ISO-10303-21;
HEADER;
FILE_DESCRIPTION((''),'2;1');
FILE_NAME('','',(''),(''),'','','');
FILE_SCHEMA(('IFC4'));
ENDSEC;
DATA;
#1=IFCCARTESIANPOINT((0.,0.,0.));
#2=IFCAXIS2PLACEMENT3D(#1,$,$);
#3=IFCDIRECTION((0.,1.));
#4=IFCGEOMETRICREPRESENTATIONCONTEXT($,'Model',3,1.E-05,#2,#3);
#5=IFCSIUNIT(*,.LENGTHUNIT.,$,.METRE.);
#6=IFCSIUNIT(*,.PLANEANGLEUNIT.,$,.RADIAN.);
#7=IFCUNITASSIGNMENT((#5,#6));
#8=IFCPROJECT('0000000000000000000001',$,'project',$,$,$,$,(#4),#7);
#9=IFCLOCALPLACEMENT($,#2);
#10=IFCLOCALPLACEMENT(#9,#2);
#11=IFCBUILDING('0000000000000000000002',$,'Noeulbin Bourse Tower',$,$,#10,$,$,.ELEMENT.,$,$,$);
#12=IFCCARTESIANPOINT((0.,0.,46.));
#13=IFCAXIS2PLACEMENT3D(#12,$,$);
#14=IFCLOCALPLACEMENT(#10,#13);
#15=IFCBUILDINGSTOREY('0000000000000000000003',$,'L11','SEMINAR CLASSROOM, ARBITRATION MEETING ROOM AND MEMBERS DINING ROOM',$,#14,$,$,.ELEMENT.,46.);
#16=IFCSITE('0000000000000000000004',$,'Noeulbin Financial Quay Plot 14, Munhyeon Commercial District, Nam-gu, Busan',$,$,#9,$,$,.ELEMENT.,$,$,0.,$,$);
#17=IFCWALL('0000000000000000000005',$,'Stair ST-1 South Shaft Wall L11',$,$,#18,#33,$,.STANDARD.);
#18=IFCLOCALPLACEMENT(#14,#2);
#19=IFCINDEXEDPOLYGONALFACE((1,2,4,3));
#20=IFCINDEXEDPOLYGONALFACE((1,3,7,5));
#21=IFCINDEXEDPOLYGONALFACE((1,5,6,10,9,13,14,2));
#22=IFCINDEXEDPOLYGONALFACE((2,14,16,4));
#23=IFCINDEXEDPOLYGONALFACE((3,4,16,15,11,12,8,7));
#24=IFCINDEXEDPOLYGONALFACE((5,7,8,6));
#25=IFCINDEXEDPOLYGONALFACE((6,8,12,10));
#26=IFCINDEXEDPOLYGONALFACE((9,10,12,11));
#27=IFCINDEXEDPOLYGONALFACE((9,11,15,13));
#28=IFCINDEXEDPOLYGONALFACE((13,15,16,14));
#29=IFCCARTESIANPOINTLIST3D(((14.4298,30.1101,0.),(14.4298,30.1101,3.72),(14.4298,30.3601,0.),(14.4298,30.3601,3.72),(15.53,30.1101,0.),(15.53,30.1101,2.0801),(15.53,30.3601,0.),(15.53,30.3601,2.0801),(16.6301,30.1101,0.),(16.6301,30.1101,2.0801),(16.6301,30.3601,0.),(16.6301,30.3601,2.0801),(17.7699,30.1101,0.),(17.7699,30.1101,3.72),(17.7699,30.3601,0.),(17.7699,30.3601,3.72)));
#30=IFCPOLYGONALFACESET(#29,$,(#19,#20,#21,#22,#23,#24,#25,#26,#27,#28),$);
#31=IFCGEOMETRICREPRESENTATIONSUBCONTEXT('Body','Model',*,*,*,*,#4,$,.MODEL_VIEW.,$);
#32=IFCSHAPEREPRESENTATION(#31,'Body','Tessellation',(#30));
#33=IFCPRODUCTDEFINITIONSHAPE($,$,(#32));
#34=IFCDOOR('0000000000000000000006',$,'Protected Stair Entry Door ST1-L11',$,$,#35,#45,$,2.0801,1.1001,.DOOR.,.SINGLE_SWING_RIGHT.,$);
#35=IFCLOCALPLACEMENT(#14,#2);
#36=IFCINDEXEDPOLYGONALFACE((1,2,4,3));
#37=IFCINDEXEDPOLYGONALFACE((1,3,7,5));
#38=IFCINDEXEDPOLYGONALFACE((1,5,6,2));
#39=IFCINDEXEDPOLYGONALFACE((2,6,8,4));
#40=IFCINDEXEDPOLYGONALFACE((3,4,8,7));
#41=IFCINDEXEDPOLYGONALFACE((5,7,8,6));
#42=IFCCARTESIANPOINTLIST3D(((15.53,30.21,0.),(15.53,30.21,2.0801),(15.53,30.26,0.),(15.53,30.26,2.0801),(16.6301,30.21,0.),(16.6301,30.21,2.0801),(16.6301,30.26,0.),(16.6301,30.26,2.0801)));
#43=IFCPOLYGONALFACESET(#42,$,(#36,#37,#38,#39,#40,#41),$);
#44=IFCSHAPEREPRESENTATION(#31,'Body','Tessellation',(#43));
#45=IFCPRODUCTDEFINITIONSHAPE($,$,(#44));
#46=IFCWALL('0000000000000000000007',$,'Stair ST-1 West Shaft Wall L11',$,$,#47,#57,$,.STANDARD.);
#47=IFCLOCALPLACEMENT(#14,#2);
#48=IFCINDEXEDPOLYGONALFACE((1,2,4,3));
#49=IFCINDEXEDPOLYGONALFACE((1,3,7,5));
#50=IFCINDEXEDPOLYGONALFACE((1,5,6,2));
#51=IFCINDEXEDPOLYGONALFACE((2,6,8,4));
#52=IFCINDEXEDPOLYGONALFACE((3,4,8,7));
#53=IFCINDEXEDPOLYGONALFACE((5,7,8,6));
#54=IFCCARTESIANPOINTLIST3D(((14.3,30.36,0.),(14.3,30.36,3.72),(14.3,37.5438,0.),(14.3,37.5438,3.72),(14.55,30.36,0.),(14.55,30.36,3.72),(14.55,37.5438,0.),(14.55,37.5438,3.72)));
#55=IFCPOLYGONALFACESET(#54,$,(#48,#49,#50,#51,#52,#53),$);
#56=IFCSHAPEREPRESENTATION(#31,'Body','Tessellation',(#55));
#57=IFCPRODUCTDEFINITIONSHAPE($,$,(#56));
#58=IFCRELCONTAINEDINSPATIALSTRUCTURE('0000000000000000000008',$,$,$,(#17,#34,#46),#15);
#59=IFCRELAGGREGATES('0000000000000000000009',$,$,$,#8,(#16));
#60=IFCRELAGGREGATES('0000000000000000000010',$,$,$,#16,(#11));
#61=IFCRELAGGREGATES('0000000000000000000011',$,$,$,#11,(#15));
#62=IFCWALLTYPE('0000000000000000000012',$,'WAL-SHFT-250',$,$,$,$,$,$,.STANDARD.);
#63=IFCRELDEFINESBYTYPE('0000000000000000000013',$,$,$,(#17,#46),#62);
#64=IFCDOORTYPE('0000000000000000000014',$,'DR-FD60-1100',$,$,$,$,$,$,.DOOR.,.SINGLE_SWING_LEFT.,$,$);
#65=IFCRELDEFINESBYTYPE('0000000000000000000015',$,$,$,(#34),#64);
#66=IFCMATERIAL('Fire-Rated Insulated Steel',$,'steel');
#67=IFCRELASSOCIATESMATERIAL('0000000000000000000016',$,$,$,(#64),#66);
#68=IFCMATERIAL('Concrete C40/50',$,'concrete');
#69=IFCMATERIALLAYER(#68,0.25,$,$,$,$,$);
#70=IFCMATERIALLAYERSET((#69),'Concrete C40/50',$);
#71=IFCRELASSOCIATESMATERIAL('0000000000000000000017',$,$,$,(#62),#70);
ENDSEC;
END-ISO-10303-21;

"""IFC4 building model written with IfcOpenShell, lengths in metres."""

from ifc_helpers import new_model, si_unit, direction, frame, frame_2d, origin, place, context, subcontext, project, spatial, rectangle, extrude, material, layer, layer_set, type_object, element, fill, save


model = new_model("IFC4")

# Units and contexts
model_context = context("Model", 3, precision=1e-05, world=origin(), true_north=direction((0.0, 1.0)))
body_context = subcontext(model_context, "Body", "Model", "MODEL_VIEW")
ifc_project = project(units=[si_unit("LENGTHUNIT", "METRE"), si_unit("PLANEANGLEUNIT", "RADIAN")], contexts=[model_context])

# Site, building, storey
site_placement = place(None, origin())
site = spatial("IfcSite", under=ifc_project, at=site_placement, Name="Noeulbin Financial Quay Plot 14, Munhyeon Commercial District, Nam-gu, Busan", CompositionType="ELEMENT", RefElevation=0.0)
building_placement = place(site_placement, origin())
building = spatial("IfcBuilding", under=site, at=building_placement, Name="Noeulbin Bourse Tower", CompositionType="ELEMENT")
storey_placement = place(building_placement, frame((0.0, 0.0, 46.0)))
storey = spatial("IfcBuildingStorey", under=building, at=storey_placement, Name="L11", Description="SEMINAR CLASSROOM, ARBITRATION MEETING ROOM AND MEMBERS DINING ROOM", CompositionType="ELEMENT", Elevation=46.0)

# Shared definitions
ifc_material_1 = material(Name="Fire-Rated Insulated Steel", Category="steel")
door_type_1 = type_object("IfcDoorType", Name="DR-FD60-1100", OperationType="SINGLE_SWING_LEFT", PredefinedType="DOOR", material=ifc_material_1)

# Wall, opening, door
ifc_material_2 = material(Name="Concrete C40/50", Category="concrete")
ifc_layer_1 = layer(ifc_material_2, 0.25)
ifc_layer_set_1 = layer_set([ifc_layer_1], Name="Concrete C40/50")
wall_type_1 = type_object("IfcWallType", Name="WAL-SHFT-250", PredefinedType="STANDARD", material=ifc_layer_set_1)
wall_1_placement = place(storey_placement, frame((14.4299, 30.2351, 0.0), z_axis=(0.0, 0.0, 1.0), x_axis=(1.0, 0.0, 0.0)))
wall_1 = element("IfcWall", 1, at=wall_1_placement, inside=storey, type_object=wall_type_1, Name="Stair ST-1 South Shaft Wall L11", PredefinedType="STANDARD", context=body_context, shape_type="SweptSolid", body=[
    extrude(rectangle(XDim=3.3401, YDim=0.25, at=frame_2d((1.6699, 0.0))), origin(), (0.0, 0.0, 1.0), 3.72),
])
opening_1_placement = place(wall_1_placement, frame((1.1001, 0.0, 0.0)))
opening_1 = element("IfcOpeningElement", 2, at=opening_1_placement, cuts=wall_1, PredefinedType="OPENING", context=body_context, shape_type="SweptSolid", body=[
    extrude(rectangle(XDim=1.1001, YDim=2.0801, at=frame_2d((0.55, 1.04))), frame((0.0, 0.135, 0.0), z_axis=(0.0, -1.0, 0.0), x_axis=(1.0, 0.0, 0.0)), (0.0, 0.0, 1.0), 0.27),
])
door_1_placement = place(opening_1_placement, origin())
door_1 = element("IfcDoor", 3, at=door_1_placement, inside=storey, type_object=door_type_1, Name="Protected Stair Entry Door ST1-L11", OperationType="SINGLE_SWING_RIGHT", OverallHeight=2.0801, OverallWidth=1.1001, PredefinedType="DOOR", context=body_context, shape_type="SweptSolid", body=[
    extrude(rectangle(XDim=1.1001, YDim=2.0801, at=frame_2d((0.55, 1.04))), frame((0.0, 0.0249, 0.0), z_axis=(0.0, -1.0, 0.0), x_axis=(1.0, 0.0, 0.0)), (0.0, 0.0, 1.0), 0.05),
])
fill(opening_1, door_1)

# Wall
wall_2_placement = place(storey_placement, frame((14.425, 30.3601, 0.0), z_axis=(0.0, 0.0, 1.0), x_axis=(0.0, 1.0, 0.0)))
element("IfcWall", 4, at=wall_2_placement, inside=storey, type_object=wall_type_1, Name="Stair ST-1 West Shaft Wall L11", PredefinedType="STANDARD", context=body_context, shape_type="SweptSolid", body=[
    extrude(rectangle(XDim=7.1838, YDim=0.25, at=frame_2d((3.5918, 0.0))), origin(), (0.0, 0.0, 1.0), 3.72),
])

save(model, "model.ifc")
